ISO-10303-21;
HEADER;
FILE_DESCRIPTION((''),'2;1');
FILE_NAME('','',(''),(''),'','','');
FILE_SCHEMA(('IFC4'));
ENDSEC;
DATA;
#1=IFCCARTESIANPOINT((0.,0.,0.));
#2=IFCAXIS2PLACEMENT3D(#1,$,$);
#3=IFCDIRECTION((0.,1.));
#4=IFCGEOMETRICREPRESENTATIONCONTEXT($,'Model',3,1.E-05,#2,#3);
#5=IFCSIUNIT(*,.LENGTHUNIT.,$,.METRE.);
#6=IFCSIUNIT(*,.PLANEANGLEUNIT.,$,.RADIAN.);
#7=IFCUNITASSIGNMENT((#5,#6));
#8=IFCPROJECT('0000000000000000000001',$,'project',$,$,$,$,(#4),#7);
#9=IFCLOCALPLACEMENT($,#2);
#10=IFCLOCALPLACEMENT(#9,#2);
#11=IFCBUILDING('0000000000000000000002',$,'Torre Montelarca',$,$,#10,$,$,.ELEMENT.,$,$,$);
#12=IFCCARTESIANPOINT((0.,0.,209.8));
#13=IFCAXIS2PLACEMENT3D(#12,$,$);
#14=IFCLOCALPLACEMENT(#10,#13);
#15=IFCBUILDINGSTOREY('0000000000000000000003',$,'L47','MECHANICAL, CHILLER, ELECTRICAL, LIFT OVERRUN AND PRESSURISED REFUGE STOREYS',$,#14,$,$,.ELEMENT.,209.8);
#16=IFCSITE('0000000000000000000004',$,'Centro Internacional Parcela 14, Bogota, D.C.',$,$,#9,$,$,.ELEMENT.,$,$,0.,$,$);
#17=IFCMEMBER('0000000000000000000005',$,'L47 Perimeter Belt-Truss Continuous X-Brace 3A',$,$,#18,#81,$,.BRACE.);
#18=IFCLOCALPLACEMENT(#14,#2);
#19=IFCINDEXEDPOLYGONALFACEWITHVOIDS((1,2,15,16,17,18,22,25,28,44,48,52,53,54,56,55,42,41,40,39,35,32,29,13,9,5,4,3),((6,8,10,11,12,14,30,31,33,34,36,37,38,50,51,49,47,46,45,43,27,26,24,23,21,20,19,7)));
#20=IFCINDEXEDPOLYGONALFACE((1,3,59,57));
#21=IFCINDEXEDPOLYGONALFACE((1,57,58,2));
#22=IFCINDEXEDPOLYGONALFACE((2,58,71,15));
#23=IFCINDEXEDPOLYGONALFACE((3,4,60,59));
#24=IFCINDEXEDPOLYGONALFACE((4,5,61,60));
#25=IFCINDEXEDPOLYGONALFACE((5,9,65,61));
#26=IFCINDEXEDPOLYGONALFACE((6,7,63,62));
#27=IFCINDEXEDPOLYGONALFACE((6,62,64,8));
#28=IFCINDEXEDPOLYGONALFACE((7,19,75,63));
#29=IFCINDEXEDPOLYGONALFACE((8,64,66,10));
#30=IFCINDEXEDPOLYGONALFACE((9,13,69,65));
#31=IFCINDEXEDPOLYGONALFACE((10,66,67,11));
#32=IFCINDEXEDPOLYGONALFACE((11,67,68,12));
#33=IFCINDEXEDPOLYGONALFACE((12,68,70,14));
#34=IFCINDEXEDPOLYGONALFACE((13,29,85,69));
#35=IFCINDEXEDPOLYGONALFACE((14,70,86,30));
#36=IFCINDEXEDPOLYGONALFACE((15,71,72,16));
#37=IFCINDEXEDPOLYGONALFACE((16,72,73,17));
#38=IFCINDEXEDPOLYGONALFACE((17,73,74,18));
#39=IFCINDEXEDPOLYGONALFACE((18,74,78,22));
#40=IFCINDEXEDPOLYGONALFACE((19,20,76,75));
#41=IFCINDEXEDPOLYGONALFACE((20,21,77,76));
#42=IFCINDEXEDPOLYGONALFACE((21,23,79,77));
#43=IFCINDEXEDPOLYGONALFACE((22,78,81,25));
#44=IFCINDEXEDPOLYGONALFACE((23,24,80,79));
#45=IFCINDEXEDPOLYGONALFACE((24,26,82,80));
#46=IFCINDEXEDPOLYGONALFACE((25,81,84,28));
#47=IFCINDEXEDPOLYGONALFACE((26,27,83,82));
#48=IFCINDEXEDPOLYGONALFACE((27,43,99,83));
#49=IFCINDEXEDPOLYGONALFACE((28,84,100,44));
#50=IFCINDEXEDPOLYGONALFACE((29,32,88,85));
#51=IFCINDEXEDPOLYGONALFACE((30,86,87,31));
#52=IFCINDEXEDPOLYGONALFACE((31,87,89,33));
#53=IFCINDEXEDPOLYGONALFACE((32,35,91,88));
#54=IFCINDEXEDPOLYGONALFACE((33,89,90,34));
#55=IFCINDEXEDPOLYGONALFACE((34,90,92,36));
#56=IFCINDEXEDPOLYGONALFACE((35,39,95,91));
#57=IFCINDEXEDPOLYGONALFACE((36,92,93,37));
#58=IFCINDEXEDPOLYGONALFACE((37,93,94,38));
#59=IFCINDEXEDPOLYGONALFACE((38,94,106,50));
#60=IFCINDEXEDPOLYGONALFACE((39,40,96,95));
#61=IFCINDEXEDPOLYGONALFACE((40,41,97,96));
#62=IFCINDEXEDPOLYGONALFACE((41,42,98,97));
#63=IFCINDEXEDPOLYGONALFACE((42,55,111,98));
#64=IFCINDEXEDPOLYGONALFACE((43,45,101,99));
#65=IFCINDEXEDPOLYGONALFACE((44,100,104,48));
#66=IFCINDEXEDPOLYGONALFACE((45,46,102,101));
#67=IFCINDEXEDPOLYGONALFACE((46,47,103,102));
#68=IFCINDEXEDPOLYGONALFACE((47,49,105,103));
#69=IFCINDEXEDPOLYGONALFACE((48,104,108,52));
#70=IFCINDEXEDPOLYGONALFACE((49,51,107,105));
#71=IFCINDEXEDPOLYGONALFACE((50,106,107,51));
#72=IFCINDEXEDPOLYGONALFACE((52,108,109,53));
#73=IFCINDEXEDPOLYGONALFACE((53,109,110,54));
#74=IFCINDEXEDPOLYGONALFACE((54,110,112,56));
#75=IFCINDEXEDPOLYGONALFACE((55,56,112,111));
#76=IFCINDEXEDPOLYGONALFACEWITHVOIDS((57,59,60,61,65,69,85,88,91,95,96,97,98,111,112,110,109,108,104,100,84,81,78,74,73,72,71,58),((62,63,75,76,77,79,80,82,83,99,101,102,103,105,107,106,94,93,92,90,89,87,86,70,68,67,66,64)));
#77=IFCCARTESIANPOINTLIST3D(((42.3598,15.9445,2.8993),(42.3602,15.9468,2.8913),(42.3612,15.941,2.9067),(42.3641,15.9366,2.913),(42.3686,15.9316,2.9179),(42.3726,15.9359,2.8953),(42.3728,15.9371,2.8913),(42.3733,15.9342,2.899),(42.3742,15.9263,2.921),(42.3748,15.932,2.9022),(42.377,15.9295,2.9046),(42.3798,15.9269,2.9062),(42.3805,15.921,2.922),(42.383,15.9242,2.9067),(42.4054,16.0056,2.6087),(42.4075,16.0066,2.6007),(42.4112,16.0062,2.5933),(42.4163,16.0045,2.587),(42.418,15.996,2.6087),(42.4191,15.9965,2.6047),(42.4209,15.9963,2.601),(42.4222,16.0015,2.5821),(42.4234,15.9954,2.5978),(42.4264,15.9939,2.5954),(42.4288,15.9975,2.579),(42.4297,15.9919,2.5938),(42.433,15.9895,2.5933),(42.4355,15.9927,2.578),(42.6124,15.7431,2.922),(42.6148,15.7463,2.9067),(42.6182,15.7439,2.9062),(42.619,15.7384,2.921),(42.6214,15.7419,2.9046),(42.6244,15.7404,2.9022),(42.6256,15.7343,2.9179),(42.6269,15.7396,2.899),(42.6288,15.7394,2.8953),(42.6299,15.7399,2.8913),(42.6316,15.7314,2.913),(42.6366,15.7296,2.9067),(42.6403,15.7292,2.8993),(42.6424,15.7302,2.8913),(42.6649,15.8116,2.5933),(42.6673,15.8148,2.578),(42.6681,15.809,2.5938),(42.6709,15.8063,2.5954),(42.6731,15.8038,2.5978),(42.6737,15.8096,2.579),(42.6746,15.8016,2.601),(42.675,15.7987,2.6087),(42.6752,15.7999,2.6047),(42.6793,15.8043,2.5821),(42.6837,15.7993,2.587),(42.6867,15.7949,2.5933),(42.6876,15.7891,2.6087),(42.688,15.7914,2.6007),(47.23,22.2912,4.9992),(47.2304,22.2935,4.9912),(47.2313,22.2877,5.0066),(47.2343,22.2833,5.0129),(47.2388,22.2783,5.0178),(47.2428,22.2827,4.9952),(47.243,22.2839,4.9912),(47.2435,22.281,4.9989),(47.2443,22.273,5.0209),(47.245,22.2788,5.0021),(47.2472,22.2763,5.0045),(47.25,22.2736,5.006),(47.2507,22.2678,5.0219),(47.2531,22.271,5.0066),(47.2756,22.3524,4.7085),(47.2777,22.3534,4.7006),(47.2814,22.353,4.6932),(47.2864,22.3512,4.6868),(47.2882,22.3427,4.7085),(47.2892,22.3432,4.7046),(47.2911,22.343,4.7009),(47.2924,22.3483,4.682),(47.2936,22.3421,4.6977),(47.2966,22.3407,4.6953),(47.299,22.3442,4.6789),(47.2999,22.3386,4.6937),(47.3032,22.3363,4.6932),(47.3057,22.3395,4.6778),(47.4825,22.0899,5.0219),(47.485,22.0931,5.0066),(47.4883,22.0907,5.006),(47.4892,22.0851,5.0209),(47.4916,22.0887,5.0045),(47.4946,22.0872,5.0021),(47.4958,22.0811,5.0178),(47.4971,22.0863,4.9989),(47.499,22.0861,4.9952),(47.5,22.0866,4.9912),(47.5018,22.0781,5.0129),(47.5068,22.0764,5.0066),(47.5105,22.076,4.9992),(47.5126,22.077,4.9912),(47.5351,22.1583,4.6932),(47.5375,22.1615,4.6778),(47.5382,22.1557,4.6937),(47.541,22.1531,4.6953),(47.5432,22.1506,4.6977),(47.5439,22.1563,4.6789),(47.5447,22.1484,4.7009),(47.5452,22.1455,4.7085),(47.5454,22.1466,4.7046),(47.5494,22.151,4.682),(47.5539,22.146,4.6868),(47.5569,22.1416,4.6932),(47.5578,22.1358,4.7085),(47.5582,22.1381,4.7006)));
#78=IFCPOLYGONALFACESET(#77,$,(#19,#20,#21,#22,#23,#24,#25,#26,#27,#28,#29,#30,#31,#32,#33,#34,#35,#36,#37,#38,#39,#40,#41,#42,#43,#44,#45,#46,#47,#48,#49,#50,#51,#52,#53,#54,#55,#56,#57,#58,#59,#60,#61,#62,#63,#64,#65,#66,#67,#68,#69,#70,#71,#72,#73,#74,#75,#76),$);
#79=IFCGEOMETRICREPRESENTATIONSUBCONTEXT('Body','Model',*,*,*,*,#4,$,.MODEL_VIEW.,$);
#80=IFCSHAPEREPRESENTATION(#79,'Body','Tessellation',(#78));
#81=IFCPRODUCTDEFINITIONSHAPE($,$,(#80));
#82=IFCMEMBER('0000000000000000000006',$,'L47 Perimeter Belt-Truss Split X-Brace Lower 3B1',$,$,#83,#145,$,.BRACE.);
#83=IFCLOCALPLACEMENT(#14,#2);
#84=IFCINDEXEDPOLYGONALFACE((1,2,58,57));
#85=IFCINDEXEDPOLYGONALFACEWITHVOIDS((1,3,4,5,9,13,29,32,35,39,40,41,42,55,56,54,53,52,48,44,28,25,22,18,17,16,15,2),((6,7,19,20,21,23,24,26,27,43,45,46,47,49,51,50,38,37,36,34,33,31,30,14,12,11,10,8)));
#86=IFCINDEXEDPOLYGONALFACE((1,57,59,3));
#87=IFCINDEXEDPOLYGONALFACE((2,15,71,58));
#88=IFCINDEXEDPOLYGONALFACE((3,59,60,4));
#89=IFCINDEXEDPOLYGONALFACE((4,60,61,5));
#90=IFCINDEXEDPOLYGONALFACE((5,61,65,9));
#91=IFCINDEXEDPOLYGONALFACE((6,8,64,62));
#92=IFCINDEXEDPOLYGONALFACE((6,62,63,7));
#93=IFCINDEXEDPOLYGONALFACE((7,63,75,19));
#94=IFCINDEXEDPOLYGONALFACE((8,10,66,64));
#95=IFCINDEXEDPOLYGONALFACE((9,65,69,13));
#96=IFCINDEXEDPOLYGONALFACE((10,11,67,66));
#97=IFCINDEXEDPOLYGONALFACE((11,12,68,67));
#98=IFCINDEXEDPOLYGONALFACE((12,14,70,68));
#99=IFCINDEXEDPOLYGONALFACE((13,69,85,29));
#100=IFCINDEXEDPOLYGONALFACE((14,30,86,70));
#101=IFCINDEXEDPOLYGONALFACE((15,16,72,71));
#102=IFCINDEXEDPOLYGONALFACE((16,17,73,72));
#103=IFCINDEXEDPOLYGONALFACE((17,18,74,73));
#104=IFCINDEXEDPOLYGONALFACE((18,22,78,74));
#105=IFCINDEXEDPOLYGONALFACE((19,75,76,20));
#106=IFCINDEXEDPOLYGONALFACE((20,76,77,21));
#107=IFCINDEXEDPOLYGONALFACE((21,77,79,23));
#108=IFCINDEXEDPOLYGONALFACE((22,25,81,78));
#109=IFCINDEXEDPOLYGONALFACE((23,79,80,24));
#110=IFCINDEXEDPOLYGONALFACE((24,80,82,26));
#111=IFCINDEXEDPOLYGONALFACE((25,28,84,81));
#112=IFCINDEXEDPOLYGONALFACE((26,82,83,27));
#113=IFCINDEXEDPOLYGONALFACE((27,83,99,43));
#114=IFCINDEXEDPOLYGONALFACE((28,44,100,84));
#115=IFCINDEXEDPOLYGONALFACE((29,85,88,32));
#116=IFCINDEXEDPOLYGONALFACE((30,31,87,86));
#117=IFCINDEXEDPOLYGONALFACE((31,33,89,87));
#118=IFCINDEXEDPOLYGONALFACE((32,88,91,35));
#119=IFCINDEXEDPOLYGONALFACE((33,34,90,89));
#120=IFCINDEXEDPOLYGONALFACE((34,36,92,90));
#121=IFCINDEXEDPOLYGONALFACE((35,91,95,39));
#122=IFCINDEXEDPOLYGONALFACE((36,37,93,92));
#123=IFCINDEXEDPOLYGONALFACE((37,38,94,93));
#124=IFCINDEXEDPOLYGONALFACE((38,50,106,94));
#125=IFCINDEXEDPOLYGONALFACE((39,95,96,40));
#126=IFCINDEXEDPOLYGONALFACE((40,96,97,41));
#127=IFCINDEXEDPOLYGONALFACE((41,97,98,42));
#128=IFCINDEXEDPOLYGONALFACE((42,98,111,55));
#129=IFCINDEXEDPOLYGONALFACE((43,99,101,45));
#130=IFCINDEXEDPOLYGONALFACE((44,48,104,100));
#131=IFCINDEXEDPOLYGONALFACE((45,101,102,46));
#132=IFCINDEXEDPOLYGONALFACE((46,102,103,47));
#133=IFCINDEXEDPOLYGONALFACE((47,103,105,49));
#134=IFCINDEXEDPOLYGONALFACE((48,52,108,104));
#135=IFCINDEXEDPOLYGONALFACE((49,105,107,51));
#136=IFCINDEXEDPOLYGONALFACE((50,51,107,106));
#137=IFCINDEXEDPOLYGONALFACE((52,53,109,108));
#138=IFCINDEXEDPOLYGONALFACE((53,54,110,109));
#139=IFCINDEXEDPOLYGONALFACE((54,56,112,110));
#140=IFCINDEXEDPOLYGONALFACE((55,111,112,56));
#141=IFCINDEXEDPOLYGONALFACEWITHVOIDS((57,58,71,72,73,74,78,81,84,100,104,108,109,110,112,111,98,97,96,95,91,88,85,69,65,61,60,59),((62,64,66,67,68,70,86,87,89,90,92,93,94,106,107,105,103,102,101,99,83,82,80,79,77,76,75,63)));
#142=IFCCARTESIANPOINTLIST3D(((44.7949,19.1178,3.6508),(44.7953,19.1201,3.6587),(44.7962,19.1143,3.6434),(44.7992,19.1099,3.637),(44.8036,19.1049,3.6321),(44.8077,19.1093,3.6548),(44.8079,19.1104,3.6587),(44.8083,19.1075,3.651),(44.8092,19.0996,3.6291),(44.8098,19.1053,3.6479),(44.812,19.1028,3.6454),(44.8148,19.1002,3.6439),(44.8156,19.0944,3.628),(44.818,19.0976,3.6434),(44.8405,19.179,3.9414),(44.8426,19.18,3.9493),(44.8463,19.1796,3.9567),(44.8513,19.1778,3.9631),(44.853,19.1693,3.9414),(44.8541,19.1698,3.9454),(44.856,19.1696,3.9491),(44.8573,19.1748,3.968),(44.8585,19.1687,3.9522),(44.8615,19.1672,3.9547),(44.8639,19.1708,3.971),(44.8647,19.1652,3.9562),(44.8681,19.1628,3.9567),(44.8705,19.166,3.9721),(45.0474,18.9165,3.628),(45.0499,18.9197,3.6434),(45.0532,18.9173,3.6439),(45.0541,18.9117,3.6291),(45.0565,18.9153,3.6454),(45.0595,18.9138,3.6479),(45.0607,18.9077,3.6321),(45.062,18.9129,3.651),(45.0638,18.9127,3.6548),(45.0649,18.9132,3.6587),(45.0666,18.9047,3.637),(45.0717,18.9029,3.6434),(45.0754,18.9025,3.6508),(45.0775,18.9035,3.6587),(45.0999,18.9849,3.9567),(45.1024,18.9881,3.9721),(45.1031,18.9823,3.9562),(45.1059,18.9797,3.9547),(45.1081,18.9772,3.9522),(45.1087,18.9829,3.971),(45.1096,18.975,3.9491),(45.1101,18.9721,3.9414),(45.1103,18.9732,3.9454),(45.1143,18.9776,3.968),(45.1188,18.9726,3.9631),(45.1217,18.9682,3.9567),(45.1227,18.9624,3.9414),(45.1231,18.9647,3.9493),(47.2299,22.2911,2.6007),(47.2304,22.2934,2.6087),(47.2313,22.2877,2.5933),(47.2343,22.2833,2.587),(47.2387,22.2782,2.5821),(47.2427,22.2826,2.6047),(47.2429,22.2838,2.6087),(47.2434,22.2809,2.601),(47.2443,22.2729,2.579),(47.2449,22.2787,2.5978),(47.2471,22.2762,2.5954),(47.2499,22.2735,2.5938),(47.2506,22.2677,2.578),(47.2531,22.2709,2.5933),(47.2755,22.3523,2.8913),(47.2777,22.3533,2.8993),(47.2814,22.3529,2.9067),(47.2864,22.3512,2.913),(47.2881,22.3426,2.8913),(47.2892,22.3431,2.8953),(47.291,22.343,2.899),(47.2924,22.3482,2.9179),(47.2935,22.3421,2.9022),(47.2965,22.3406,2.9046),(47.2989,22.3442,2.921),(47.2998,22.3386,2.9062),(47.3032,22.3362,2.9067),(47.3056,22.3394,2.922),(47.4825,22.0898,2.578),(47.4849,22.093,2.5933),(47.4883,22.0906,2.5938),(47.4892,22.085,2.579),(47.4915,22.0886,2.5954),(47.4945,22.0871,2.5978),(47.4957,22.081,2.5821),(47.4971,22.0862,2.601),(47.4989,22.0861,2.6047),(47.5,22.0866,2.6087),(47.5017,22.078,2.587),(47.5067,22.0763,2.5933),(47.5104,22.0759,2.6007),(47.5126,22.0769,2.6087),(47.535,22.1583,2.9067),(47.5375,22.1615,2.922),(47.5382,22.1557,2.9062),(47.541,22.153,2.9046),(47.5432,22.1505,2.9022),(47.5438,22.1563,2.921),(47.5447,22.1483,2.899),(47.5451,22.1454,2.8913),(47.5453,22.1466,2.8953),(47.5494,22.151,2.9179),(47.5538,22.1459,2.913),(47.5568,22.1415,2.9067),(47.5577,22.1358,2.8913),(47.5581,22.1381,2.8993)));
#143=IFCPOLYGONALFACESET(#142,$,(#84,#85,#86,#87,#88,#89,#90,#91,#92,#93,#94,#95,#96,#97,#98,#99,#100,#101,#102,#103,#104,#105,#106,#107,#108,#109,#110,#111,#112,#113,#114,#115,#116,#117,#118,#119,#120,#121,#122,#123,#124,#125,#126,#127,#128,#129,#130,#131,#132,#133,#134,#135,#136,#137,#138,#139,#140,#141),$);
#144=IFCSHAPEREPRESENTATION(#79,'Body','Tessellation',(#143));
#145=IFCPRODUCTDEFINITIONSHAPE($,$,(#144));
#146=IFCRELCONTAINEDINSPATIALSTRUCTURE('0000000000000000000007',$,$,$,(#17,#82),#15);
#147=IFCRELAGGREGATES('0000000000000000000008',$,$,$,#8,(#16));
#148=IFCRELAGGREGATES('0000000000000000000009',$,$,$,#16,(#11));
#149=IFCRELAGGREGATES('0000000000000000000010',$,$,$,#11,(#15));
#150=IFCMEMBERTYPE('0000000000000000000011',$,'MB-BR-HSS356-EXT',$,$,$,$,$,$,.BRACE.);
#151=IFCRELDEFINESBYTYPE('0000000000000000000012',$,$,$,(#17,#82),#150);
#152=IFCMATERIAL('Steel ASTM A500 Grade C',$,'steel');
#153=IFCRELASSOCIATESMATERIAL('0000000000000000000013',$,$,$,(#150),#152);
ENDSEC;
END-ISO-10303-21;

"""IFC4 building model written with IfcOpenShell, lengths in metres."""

from ifc_helpers import new_model, si_unit, direction, frame, origin, origin_2d, place, context, subcontext, project, spatial, hollow_rectangle, extrude, source, transform, mapped, material, material_profile, profile_set, type_object, element, save


model = new_model("IFC4")

# Units and contexts
model_context = context("Model", 3, precision=1e-05, world=origin(), true_north=direction((0.0, 1.0)))
body_context = subcontext(model_context, "Body", "Model", "MODEL_VIEW")
ifc_project = project(units=[si_unit("LENGTHUNIT", "METRE"), si_unit("PLANEANGLEUNIT", "RADIAN")], contexts=[model_context])

# Site, building, storey
site_placement = place(None, origin())
site = spatial("IfcSite", under=ifc_project, at=site_placement, Name="Centro Internacional Parcela 14, Bogota, D.C.", CompositionType="ELEMENT", RefElevation=0.0)
building_placement = place(site_placement, origin())
building = spatial("IfcBuilding", under=site, at=building_placement, Name="Torre Montelarca", CompositionType="ELEMENT")
storey_placement = place(building_placement, frame((0.0, 0.0, 209.8)))
storey = spatial("IfcBuildingStorey", under=building, at=storey_placement, Name="L47", Description="MECHANICAL, CHILLER, ELECTRICAL, LIFT OVERRUN AND PRESSURISED REFUGE STOREYS", CompositionType="ELEMENT", Elevation=209.8)

# Members
ifc_material_1 = material(Name="Steel ASTM A500 Grade C", Category="steel")
ifc_material_profile_1 = material_profile(ifc_material_1, hollow_rectangle(XDim=0.3557, YDim=0.3557, WallThickness=0.0159, InnerFilletRadius=0.0159, OuterFilletRadius=0.0317, at=origin_2d()), Name="HSS356X356X15.9", Category="steel")
ifc_profile_set_1 = profile_set([ifc_material_profile_1], Name="Steel ASTM A500 Grade C")
member_type_1 = type_object("IfcMemberType", Name="MB-BR-HSS356-EXT", PredefinedType="BRACE", material=ifc_profile_set_1)
shared_shape_1 = source(origin(), body_context, "Body", "SweptSolid", [
    extrude(hollow_rectangle(XDim=0.3557, YDim=0.3557, WallThickness=0.0159, InnerFilletRadius=0.0159, OuterFilletRadius=0.0317, at=origin_2d()), origin(), (0.0, 0.0, 1.0), 8.271),
])
member_1_placement = place(storey_placement, frame((42.5239, 15.8679, 2.75), z_axis=(0.588826, 0.767351, 0.253885), x_axis=(-0.793345, 0.608772, 0.0)))
element("IfcMember", 1, at=member_1_placement, inside=storey, type_object=member_type_1, Name="L47 Perimeter Belt-Truss Continuous X-Brace 3A", PredefinedType="BRACE", context=body_context, shape_type="MappedRepresentation", body=[
    mapped(shared_shape_1, transform((0.0, 0.0, 0.0), scale=1.0)),
])
shared_shape_2 = source(origin(), body_context, "Body", "SweptSolid", [
    extrude(hollow_rectangle(XDim=0.3557, YDim=0.3557, WallThickness=0.0159, InnerFilletRadius=0.0159, OuterFilletRadius=0.0317, at=origin_2d()), origin(), (0.0, 0.0, 1.0), 4.1355),
])
for number, where, z_axis, x_axis, name in (
    (2, (47.394, 22.2146, 2.75), (-0.588821, -0.767345, 0.253912), (0.793345, -0.608772, 0.0), "L47 Perimeter Belt-Truss Split X-Brace Lower 3B1"),
):
    element("IfcMember", number, at=place(storey_placement, frame(where, z_axis=z_axis, x_axis=x_axis)), inside=storey, type_object=member_type_1, Name=name, PredefinedType="BRACE", context=body_context, shape_type="MappedRepresentation", body=[
        mapped(shared_shape_2, transform((0.0, 0.0, 0.0), scale=1.0)),
    ])

save(model, "model.ifc")
